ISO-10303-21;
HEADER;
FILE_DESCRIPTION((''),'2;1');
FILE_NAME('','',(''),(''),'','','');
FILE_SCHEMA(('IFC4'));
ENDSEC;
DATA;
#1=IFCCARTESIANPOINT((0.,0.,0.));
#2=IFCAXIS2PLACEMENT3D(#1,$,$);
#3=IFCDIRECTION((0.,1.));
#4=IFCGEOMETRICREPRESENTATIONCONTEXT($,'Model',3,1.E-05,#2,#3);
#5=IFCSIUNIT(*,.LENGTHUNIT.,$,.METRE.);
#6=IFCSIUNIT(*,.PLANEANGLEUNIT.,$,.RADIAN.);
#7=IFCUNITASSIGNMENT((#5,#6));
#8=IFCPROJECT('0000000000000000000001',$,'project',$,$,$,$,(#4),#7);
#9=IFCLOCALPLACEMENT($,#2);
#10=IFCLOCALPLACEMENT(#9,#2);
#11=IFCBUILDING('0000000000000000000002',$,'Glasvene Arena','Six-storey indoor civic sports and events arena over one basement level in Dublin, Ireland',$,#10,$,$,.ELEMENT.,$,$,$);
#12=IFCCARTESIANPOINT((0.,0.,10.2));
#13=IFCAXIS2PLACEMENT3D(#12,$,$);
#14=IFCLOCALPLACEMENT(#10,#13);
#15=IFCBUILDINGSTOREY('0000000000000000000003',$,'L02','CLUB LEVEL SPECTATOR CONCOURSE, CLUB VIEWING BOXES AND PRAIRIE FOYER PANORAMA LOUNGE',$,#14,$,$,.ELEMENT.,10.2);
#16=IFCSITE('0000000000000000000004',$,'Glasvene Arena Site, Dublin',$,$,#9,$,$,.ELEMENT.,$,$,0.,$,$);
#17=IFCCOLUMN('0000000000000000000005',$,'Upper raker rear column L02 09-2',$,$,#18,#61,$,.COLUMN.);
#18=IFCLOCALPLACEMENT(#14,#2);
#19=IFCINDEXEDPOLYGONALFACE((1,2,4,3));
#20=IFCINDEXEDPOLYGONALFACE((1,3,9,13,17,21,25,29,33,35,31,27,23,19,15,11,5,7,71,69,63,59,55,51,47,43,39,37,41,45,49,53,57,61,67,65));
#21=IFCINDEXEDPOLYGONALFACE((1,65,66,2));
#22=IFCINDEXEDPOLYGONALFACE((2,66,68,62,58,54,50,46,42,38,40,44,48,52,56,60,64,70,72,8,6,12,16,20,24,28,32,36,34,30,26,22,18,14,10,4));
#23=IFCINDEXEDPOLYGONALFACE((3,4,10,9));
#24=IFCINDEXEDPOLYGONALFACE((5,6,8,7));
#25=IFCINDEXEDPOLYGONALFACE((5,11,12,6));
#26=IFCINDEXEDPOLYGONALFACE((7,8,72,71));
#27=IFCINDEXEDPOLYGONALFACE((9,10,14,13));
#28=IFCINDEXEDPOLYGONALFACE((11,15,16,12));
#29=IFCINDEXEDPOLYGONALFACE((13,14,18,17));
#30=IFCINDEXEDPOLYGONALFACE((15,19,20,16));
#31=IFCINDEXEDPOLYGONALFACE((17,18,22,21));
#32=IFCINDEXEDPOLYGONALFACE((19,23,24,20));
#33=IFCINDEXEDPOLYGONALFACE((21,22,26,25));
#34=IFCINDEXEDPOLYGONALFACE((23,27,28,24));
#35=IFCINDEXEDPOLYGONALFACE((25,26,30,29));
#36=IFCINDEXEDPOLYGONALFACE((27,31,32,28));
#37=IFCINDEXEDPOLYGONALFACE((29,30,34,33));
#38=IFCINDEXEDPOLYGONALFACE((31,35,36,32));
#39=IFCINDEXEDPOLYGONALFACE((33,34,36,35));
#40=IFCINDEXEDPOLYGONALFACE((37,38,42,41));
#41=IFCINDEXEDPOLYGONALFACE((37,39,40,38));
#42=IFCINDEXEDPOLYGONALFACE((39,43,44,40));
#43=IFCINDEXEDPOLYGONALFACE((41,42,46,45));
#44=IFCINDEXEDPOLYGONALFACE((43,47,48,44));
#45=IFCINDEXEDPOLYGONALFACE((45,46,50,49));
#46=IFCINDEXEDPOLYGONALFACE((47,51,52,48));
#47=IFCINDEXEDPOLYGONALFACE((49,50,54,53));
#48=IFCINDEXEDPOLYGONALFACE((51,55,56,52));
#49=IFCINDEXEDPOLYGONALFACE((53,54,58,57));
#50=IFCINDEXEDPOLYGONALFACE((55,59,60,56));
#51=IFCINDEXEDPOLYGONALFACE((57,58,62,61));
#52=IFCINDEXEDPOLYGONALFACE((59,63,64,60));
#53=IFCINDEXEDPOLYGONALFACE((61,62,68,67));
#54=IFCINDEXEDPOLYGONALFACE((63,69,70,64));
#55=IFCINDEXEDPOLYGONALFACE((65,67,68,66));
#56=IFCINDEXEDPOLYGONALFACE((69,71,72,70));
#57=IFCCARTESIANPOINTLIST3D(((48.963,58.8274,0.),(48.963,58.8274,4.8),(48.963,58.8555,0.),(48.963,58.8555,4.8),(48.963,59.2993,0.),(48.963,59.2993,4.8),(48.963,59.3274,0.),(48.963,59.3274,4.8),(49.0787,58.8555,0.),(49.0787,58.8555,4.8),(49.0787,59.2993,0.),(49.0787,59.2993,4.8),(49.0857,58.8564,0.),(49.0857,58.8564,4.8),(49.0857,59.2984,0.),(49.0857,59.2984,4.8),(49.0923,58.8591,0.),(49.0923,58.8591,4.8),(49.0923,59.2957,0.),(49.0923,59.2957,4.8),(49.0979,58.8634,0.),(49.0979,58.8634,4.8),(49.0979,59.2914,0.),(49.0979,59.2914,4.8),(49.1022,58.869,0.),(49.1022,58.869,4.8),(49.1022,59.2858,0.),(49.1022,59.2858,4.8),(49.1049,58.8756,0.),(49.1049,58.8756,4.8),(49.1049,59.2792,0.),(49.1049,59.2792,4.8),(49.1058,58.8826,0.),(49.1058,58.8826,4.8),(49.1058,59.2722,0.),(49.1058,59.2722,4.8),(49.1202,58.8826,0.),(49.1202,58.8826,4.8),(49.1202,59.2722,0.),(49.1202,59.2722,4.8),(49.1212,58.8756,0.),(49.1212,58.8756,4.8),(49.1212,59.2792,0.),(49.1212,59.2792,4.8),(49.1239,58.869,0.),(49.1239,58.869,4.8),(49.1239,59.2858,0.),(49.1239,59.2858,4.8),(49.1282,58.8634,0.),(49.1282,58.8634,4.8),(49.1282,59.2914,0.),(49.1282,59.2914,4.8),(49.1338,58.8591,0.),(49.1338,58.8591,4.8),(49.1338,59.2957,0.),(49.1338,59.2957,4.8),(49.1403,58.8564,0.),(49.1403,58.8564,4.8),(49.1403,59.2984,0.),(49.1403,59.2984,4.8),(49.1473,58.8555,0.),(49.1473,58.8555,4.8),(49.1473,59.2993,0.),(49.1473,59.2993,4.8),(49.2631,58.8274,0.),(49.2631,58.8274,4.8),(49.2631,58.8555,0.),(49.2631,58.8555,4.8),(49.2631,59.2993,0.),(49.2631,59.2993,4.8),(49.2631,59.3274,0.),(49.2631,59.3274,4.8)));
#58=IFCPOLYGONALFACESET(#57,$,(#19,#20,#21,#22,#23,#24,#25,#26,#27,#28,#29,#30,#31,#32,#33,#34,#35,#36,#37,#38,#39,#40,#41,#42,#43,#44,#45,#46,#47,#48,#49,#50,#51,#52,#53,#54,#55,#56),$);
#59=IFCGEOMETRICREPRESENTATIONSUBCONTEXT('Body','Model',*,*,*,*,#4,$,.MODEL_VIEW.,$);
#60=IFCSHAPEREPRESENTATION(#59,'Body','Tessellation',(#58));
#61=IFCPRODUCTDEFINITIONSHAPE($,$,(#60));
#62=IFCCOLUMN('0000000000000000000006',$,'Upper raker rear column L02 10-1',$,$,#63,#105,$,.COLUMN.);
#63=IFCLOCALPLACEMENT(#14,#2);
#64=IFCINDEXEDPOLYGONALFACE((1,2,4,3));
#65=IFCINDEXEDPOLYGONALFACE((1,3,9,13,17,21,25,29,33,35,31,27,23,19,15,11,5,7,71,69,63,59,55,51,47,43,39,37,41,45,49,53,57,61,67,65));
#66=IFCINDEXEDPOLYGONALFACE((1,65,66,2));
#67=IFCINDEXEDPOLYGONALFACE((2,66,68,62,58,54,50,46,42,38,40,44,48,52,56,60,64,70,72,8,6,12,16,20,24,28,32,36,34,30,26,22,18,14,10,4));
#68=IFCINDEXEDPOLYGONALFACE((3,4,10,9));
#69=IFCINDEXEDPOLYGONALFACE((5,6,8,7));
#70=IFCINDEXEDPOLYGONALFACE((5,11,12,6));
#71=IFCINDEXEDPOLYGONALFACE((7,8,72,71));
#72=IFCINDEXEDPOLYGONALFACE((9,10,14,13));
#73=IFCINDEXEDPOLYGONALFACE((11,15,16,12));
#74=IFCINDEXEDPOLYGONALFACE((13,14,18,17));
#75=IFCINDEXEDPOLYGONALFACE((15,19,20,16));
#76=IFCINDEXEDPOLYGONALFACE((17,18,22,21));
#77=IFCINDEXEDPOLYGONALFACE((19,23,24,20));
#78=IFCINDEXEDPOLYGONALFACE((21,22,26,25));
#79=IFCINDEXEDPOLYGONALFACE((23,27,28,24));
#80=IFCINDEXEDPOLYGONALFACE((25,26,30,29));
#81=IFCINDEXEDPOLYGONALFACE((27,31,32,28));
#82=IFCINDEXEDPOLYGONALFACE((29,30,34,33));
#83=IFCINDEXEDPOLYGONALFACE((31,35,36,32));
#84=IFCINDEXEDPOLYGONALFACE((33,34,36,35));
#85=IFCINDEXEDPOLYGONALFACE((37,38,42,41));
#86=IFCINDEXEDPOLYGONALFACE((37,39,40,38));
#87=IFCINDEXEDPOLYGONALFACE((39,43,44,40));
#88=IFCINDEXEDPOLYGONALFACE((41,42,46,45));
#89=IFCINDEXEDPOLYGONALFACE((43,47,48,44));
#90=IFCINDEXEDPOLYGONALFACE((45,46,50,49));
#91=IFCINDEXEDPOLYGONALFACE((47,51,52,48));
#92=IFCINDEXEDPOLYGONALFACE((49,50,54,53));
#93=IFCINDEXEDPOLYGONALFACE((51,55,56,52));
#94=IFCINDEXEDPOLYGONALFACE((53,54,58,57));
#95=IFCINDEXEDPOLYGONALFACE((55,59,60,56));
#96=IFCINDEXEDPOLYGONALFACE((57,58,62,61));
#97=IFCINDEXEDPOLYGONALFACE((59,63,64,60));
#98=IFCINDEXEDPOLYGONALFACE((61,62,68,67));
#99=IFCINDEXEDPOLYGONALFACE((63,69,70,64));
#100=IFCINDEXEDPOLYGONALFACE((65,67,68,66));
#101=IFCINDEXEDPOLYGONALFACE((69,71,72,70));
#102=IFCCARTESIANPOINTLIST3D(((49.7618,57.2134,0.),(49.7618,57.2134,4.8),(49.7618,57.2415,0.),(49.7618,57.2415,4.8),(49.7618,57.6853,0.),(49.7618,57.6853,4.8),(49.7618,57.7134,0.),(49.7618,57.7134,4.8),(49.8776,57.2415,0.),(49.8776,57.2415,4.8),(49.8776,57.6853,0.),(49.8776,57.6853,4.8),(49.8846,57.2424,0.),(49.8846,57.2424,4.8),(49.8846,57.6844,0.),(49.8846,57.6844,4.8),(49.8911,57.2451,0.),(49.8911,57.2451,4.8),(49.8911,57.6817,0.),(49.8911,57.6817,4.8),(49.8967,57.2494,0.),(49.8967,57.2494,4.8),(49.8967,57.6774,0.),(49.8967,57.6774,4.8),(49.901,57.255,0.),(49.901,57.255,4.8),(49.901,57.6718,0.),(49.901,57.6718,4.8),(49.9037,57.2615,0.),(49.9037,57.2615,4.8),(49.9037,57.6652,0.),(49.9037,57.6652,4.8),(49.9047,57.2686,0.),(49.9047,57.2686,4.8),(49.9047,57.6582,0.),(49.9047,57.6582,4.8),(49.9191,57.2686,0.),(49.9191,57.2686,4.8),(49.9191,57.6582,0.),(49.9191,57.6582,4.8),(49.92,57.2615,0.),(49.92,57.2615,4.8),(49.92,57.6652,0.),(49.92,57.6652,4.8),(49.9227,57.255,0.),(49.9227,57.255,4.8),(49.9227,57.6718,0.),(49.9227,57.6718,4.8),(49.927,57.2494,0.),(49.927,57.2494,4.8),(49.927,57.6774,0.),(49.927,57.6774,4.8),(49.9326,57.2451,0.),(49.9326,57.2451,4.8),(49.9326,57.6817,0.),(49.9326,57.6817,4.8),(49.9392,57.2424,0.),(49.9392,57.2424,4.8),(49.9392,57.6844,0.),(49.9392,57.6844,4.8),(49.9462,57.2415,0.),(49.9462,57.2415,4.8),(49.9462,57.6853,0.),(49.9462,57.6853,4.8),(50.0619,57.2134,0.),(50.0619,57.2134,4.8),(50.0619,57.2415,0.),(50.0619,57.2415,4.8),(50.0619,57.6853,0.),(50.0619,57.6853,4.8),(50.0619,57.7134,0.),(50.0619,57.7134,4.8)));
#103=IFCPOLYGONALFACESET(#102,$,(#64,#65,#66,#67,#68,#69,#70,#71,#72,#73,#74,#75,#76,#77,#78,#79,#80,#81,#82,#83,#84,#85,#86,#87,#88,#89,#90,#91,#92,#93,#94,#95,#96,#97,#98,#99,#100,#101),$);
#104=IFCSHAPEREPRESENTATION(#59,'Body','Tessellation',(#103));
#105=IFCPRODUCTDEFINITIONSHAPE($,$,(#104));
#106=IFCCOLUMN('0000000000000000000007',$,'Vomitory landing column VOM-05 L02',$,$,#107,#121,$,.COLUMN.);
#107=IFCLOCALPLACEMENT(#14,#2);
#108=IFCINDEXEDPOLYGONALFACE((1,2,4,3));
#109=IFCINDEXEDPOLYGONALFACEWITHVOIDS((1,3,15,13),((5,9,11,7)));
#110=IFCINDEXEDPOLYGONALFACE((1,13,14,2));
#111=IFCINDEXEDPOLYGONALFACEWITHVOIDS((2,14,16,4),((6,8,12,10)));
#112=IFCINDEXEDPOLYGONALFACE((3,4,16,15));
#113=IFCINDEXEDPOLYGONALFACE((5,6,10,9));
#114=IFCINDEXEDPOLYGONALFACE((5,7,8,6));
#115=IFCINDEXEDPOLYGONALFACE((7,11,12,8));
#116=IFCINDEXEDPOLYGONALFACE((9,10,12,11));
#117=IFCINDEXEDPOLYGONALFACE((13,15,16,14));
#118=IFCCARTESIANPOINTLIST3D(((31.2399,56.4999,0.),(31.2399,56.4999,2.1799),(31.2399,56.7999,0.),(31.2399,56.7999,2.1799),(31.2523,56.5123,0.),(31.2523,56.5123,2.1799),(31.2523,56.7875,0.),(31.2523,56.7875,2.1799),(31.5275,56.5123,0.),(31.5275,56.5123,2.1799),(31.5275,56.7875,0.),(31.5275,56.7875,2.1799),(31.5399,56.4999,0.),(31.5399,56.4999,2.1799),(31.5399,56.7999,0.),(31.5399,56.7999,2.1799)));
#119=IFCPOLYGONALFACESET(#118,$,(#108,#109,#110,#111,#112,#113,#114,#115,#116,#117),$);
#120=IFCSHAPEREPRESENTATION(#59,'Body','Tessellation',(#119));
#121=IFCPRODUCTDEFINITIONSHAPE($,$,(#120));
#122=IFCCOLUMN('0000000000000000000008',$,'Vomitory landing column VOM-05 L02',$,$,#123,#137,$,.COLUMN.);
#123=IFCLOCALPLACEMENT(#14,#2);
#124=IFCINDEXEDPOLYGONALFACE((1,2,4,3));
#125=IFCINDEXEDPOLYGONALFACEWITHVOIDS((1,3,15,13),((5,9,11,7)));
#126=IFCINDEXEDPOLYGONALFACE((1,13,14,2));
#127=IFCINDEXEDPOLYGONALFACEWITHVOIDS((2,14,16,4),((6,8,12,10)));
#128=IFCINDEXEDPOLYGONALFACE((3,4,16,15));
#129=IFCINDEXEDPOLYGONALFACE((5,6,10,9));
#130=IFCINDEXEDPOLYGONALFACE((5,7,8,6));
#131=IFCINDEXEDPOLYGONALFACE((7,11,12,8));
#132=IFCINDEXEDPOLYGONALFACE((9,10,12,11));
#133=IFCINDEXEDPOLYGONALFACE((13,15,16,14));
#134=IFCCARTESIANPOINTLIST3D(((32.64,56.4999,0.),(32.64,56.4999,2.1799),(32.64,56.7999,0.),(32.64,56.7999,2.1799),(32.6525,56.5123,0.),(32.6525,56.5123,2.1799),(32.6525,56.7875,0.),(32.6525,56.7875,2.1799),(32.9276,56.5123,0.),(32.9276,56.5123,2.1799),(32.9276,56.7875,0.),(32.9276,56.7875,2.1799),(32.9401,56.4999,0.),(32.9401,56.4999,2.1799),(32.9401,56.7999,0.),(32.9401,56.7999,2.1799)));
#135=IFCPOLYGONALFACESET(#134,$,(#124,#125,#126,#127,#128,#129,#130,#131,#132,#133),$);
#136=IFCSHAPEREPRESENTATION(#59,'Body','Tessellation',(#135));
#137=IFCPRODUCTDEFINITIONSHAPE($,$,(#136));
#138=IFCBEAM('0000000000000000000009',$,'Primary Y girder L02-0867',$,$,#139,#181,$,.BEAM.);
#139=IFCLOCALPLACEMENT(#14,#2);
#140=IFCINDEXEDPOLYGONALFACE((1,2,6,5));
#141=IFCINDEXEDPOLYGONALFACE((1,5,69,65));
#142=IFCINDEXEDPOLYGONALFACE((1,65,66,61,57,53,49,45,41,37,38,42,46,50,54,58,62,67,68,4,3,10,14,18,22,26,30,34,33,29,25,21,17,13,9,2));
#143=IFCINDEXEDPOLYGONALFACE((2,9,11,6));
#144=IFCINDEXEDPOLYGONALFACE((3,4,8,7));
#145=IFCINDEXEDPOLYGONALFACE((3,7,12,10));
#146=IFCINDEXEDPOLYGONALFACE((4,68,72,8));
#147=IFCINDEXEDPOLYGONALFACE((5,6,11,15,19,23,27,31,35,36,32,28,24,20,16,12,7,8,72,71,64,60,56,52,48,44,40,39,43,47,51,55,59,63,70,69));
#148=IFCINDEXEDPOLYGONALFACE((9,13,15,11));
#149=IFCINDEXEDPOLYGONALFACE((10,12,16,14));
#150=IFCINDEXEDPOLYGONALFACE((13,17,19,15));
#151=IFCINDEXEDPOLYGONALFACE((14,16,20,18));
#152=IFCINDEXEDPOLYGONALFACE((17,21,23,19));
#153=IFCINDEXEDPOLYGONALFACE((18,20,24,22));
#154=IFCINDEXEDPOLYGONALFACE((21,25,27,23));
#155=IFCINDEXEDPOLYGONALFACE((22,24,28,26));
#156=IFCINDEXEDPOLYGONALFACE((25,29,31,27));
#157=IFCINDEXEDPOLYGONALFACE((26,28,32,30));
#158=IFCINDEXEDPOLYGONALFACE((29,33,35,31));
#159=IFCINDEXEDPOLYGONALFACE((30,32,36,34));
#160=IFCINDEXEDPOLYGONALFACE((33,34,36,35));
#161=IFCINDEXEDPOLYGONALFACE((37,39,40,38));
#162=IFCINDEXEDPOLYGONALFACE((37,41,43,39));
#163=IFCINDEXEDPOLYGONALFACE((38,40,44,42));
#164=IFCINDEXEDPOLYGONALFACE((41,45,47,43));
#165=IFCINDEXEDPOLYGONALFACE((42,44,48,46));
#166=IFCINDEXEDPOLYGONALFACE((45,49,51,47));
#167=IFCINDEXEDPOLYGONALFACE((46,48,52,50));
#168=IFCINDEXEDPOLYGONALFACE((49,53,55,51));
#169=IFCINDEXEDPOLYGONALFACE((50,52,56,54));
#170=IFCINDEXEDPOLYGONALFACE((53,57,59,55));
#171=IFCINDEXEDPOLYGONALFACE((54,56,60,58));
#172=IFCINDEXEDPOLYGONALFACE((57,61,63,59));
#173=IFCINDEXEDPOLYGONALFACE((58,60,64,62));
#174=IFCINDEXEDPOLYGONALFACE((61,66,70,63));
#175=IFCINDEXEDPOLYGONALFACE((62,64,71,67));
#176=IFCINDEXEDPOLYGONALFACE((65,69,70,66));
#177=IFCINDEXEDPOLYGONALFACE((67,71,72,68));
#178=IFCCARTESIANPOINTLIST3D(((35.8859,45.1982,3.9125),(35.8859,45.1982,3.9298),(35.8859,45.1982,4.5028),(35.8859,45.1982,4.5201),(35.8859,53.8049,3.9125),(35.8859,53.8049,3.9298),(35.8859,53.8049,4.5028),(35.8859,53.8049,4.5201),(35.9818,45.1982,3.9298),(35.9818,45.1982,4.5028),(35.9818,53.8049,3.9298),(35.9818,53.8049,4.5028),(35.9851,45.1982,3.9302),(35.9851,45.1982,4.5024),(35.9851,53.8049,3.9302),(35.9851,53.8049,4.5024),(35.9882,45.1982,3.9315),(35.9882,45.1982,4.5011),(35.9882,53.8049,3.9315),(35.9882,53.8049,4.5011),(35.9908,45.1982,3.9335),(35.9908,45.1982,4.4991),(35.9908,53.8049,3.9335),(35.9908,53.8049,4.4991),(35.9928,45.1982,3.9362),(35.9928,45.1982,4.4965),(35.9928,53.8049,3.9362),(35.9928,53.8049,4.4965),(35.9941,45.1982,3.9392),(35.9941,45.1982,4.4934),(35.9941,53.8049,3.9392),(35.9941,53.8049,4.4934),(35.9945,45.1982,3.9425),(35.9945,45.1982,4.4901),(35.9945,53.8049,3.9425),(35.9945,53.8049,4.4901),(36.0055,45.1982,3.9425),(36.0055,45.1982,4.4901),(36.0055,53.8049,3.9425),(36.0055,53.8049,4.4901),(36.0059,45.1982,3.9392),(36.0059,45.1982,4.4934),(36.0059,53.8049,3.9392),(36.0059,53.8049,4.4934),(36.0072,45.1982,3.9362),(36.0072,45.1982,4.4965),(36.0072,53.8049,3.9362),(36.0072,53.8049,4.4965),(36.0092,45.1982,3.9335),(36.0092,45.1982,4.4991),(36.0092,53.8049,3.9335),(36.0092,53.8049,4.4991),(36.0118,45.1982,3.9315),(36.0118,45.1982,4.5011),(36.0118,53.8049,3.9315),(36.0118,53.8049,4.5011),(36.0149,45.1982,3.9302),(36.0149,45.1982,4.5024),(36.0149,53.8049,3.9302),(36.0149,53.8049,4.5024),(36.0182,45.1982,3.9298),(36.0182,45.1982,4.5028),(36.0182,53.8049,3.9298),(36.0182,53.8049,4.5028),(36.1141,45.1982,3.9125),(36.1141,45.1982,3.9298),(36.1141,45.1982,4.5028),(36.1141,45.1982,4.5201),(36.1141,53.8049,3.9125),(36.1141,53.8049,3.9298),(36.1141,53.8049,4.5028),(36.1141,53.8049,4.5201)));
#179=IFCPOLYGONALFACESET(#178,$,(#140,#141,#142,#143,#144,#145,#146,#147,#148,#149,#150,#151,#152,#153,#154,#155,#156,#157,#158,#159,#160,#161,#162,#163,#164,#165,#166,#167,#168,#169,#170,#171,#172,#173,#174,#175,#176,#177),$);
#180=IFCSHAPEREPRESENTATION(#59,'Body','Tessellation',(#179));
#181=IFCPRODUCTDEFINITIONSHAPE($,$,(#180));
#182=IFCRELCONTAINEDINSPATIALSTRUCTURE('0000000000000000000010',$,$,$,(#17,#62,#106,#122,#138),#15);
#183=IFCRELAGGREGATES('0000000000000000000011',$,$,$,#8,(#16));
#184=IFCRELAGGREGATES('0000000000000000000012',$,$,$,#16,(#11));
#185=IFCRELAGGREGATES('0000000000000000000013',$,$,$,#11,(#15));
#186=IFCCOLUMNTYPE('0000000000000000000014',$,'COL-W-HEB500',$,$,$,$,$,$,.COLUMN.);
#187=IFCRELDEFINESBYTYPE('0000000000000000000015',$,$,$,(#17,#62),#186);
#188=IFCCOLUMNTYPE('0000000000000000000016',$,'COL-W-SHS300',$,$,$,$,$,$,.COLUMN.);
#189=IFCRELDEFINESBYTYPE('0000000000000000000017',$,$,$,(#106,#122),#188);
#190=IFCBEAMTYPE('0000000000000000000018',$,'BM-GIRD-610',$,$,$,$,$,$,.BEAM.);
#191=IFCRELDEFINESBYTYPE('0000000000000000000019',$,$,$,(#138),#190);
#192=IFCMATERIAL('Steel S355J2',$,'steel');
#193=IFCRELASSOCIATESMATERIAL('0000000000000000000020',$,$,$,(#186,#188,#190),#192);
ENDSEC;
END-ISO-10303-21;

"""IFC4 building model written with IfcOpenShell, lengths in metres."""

from ifc_helpers import new_model, si_unit, direction, frame, origin, origin_2d, place, context, subcontext, project, spatial, hollow_rectangle, i_section, extrude, material, material_profile, profile_set, type_object, element, save


model = new_model("IFC4")

# Units and contexts
model_context = context("Model", 3, precision=1e-05, world=origin(), true_north=direction((0.0, 1.0)))
body_context = subcontext(model_context, "Body", "Model", "MODEL_VIEW")
ifc_project = project(units=[si_unit("LENGTHUNIT", "METRE"), si_unit("PLANEANGLEUNIT", "RADIAN")], contexts=[model_context])

# Site, building, storey
site_placement = place(None, origin())
site = spatial("IfcSite", under=ifc_project, at=site_placement, Name="Glasvene Arena Site, Dublin", CompositionType="ELEMENT", RefElevation=0.0)
building_placement = place(site_placement, origin())
building = spatial("IfcBuilding", under=site, at=building_placement, Name="Glasvene Arena", Description="Six-storey indoor civic sports and events arena over one basement level in Dublin, Ireland", CompositionType="ELEMENT")
storey_placement = place(building_placement, frame((0.0, 0.0, 10.2)))
storey = spatial("IfcBuildingStorey", under=building, at=storey_placement, Name="L02", Description="CLUB LEVEL SPECTATOR CONCOURSE, CLUB VIEWING BOXES AND PRAIRIE FOYER PANORAMA LOUNGE", CompositionType="ELEMENT", Elevation=10.2)

# Columns
ifc_material_1 = material(Name="Steel S355J2", Category="steel")
ifc_material_profile_1 = material_profile(ifc_material_1, i_section(OverallWidth=0.3, OverallDepth=0.5, WebThickness=0.0144, FlangeThickness=0.0281, FilletRadius=0.0271, at=origin_2d()), Name="HEB 500")
ifc_profile_set_1 = profile_set([ifc_material_profile_1], Name="Steel S355J2")
column_type_1 = type_object("IfcColumnType", Name="COL-W-HEB500", PredefinedType="COLUMN", material=ifc_profile_set_1)
for number, where, z_axis, x_axis, name in (
    (1, (49.113, 59.0774, 0.0), (0.0, 0.0, 1.0), (1.0, 0.0, 0.0), "Upper raker rear column L02 09-2"),
    (2, (49.9119, 57.4634, 0.0), (0.0, 0.0, 1.0), (1.0, 0.0, 0.0), "Upper raker rear column L02 10-1"),
):
    element("IfcColumn", number, at=place(storey_placement, frame(where, z_axis=z_axis, x_axis=x_axis)), inside=storey, type_object=column_type_1, Name=name, PredefinedType="COLUMN", context=body_context, shape_type="SweptSolid", body=[
        extrude(i_section(OverallWidth=0.3, OverallDepth=0.5, WebThickness=0.0144, FlangeThickness=0.0281, FilletRadius=0.0271, at=origin_2d()), origin(), (0.0, 0.0, 1.0), 4.8),
    ])
ifc_material_profile_2 = material_profile(ifc_material_1, hollow_rectangle(XDim=0.3, YDim=0.3, WallThickness=0.0125, at=origin_2d()), Name="SHS 300x300x12.5")
ifc_profile_set_2 = profile_set([ifc_material_profile_2], Name="Steel S355J2")
column_type_2 = type_object("IfcColumnType", Name="COL-W-SHS300", PredefinedType="COLUMN", material=ifc_profile_set_2)
for number, where, z_axis, x_axis, name in (
    (3, (31.3899, 56.6499, 0.0), (0.0, 0.0, 1.0), (1.0, 0.0, 0.0), "Vomitory landing column VOM-05 L02"),
    (4, (32.79, 56.6499, 0.0), (0.0, 0.0, 1.0), (1.0, 0.0, 0.0), "Vomitory landing column VOM-05 L02"),
):
    element("IfcColumn", number, at=place(storey_placement, frame(where, z_axis=z_axis, x_axis=x_axis)), inside=storey, type_object=column_type_2, Name=name, PredefinedType="COLUMN", context=body_context, shape_type="SweptSolid", body=[
        extrude(hollow_rectangle(XDim=0.3, YDim=0.3, WallThickness=0.0125, at=origin_2d()), origin(), (0.0, 0.0, 1.0), 2.1799),
    ])

# Beam
ifc_material_profile_3 = material_profile(ifc_material_1, i_section(OverallWidth=0.2283, OverallDepth=0.6077, WebThickness=0.011, FlangeThickness=0.0173, FilletRadius=0.0127, at=origin_2d()), Name="UKB 610x229x113")
ifc_profile_set_3 = profile_set([ifc_material_profile_3], Name="Steel S355J2")
beam_type_1 = type_object("IfcBeamType", Name="BM-GIRD-610", PredefinedType="BEAM", material=ifc_profile_set_3)
beam_1_placement = place(storey_placement, frame((36.0, 45.1982, 4.2163), z_axis=(0.0, 1.0, 0.0), x_axis=(-1.0, 0.0, 0.0)))
element("IfcBeam", 5, at=beam_1_placement, inside=storey, type_object=beam_type_1, Name="Primary Y girder L02-0867", PredefinedType="BEAM", context=body_context, shape_type="SweptSolid", body=[
    extrude(i_section(OverallWidth=0.2283, OverallDepth=0.6077, WebThickness=0.011, FlangeThickness=0.0173, FilletRadius=0.0127, at=origin_2d()), origin(), (0.0, 0.0, 1.0), 8.6067),
])

save(model, "model.ifc")
